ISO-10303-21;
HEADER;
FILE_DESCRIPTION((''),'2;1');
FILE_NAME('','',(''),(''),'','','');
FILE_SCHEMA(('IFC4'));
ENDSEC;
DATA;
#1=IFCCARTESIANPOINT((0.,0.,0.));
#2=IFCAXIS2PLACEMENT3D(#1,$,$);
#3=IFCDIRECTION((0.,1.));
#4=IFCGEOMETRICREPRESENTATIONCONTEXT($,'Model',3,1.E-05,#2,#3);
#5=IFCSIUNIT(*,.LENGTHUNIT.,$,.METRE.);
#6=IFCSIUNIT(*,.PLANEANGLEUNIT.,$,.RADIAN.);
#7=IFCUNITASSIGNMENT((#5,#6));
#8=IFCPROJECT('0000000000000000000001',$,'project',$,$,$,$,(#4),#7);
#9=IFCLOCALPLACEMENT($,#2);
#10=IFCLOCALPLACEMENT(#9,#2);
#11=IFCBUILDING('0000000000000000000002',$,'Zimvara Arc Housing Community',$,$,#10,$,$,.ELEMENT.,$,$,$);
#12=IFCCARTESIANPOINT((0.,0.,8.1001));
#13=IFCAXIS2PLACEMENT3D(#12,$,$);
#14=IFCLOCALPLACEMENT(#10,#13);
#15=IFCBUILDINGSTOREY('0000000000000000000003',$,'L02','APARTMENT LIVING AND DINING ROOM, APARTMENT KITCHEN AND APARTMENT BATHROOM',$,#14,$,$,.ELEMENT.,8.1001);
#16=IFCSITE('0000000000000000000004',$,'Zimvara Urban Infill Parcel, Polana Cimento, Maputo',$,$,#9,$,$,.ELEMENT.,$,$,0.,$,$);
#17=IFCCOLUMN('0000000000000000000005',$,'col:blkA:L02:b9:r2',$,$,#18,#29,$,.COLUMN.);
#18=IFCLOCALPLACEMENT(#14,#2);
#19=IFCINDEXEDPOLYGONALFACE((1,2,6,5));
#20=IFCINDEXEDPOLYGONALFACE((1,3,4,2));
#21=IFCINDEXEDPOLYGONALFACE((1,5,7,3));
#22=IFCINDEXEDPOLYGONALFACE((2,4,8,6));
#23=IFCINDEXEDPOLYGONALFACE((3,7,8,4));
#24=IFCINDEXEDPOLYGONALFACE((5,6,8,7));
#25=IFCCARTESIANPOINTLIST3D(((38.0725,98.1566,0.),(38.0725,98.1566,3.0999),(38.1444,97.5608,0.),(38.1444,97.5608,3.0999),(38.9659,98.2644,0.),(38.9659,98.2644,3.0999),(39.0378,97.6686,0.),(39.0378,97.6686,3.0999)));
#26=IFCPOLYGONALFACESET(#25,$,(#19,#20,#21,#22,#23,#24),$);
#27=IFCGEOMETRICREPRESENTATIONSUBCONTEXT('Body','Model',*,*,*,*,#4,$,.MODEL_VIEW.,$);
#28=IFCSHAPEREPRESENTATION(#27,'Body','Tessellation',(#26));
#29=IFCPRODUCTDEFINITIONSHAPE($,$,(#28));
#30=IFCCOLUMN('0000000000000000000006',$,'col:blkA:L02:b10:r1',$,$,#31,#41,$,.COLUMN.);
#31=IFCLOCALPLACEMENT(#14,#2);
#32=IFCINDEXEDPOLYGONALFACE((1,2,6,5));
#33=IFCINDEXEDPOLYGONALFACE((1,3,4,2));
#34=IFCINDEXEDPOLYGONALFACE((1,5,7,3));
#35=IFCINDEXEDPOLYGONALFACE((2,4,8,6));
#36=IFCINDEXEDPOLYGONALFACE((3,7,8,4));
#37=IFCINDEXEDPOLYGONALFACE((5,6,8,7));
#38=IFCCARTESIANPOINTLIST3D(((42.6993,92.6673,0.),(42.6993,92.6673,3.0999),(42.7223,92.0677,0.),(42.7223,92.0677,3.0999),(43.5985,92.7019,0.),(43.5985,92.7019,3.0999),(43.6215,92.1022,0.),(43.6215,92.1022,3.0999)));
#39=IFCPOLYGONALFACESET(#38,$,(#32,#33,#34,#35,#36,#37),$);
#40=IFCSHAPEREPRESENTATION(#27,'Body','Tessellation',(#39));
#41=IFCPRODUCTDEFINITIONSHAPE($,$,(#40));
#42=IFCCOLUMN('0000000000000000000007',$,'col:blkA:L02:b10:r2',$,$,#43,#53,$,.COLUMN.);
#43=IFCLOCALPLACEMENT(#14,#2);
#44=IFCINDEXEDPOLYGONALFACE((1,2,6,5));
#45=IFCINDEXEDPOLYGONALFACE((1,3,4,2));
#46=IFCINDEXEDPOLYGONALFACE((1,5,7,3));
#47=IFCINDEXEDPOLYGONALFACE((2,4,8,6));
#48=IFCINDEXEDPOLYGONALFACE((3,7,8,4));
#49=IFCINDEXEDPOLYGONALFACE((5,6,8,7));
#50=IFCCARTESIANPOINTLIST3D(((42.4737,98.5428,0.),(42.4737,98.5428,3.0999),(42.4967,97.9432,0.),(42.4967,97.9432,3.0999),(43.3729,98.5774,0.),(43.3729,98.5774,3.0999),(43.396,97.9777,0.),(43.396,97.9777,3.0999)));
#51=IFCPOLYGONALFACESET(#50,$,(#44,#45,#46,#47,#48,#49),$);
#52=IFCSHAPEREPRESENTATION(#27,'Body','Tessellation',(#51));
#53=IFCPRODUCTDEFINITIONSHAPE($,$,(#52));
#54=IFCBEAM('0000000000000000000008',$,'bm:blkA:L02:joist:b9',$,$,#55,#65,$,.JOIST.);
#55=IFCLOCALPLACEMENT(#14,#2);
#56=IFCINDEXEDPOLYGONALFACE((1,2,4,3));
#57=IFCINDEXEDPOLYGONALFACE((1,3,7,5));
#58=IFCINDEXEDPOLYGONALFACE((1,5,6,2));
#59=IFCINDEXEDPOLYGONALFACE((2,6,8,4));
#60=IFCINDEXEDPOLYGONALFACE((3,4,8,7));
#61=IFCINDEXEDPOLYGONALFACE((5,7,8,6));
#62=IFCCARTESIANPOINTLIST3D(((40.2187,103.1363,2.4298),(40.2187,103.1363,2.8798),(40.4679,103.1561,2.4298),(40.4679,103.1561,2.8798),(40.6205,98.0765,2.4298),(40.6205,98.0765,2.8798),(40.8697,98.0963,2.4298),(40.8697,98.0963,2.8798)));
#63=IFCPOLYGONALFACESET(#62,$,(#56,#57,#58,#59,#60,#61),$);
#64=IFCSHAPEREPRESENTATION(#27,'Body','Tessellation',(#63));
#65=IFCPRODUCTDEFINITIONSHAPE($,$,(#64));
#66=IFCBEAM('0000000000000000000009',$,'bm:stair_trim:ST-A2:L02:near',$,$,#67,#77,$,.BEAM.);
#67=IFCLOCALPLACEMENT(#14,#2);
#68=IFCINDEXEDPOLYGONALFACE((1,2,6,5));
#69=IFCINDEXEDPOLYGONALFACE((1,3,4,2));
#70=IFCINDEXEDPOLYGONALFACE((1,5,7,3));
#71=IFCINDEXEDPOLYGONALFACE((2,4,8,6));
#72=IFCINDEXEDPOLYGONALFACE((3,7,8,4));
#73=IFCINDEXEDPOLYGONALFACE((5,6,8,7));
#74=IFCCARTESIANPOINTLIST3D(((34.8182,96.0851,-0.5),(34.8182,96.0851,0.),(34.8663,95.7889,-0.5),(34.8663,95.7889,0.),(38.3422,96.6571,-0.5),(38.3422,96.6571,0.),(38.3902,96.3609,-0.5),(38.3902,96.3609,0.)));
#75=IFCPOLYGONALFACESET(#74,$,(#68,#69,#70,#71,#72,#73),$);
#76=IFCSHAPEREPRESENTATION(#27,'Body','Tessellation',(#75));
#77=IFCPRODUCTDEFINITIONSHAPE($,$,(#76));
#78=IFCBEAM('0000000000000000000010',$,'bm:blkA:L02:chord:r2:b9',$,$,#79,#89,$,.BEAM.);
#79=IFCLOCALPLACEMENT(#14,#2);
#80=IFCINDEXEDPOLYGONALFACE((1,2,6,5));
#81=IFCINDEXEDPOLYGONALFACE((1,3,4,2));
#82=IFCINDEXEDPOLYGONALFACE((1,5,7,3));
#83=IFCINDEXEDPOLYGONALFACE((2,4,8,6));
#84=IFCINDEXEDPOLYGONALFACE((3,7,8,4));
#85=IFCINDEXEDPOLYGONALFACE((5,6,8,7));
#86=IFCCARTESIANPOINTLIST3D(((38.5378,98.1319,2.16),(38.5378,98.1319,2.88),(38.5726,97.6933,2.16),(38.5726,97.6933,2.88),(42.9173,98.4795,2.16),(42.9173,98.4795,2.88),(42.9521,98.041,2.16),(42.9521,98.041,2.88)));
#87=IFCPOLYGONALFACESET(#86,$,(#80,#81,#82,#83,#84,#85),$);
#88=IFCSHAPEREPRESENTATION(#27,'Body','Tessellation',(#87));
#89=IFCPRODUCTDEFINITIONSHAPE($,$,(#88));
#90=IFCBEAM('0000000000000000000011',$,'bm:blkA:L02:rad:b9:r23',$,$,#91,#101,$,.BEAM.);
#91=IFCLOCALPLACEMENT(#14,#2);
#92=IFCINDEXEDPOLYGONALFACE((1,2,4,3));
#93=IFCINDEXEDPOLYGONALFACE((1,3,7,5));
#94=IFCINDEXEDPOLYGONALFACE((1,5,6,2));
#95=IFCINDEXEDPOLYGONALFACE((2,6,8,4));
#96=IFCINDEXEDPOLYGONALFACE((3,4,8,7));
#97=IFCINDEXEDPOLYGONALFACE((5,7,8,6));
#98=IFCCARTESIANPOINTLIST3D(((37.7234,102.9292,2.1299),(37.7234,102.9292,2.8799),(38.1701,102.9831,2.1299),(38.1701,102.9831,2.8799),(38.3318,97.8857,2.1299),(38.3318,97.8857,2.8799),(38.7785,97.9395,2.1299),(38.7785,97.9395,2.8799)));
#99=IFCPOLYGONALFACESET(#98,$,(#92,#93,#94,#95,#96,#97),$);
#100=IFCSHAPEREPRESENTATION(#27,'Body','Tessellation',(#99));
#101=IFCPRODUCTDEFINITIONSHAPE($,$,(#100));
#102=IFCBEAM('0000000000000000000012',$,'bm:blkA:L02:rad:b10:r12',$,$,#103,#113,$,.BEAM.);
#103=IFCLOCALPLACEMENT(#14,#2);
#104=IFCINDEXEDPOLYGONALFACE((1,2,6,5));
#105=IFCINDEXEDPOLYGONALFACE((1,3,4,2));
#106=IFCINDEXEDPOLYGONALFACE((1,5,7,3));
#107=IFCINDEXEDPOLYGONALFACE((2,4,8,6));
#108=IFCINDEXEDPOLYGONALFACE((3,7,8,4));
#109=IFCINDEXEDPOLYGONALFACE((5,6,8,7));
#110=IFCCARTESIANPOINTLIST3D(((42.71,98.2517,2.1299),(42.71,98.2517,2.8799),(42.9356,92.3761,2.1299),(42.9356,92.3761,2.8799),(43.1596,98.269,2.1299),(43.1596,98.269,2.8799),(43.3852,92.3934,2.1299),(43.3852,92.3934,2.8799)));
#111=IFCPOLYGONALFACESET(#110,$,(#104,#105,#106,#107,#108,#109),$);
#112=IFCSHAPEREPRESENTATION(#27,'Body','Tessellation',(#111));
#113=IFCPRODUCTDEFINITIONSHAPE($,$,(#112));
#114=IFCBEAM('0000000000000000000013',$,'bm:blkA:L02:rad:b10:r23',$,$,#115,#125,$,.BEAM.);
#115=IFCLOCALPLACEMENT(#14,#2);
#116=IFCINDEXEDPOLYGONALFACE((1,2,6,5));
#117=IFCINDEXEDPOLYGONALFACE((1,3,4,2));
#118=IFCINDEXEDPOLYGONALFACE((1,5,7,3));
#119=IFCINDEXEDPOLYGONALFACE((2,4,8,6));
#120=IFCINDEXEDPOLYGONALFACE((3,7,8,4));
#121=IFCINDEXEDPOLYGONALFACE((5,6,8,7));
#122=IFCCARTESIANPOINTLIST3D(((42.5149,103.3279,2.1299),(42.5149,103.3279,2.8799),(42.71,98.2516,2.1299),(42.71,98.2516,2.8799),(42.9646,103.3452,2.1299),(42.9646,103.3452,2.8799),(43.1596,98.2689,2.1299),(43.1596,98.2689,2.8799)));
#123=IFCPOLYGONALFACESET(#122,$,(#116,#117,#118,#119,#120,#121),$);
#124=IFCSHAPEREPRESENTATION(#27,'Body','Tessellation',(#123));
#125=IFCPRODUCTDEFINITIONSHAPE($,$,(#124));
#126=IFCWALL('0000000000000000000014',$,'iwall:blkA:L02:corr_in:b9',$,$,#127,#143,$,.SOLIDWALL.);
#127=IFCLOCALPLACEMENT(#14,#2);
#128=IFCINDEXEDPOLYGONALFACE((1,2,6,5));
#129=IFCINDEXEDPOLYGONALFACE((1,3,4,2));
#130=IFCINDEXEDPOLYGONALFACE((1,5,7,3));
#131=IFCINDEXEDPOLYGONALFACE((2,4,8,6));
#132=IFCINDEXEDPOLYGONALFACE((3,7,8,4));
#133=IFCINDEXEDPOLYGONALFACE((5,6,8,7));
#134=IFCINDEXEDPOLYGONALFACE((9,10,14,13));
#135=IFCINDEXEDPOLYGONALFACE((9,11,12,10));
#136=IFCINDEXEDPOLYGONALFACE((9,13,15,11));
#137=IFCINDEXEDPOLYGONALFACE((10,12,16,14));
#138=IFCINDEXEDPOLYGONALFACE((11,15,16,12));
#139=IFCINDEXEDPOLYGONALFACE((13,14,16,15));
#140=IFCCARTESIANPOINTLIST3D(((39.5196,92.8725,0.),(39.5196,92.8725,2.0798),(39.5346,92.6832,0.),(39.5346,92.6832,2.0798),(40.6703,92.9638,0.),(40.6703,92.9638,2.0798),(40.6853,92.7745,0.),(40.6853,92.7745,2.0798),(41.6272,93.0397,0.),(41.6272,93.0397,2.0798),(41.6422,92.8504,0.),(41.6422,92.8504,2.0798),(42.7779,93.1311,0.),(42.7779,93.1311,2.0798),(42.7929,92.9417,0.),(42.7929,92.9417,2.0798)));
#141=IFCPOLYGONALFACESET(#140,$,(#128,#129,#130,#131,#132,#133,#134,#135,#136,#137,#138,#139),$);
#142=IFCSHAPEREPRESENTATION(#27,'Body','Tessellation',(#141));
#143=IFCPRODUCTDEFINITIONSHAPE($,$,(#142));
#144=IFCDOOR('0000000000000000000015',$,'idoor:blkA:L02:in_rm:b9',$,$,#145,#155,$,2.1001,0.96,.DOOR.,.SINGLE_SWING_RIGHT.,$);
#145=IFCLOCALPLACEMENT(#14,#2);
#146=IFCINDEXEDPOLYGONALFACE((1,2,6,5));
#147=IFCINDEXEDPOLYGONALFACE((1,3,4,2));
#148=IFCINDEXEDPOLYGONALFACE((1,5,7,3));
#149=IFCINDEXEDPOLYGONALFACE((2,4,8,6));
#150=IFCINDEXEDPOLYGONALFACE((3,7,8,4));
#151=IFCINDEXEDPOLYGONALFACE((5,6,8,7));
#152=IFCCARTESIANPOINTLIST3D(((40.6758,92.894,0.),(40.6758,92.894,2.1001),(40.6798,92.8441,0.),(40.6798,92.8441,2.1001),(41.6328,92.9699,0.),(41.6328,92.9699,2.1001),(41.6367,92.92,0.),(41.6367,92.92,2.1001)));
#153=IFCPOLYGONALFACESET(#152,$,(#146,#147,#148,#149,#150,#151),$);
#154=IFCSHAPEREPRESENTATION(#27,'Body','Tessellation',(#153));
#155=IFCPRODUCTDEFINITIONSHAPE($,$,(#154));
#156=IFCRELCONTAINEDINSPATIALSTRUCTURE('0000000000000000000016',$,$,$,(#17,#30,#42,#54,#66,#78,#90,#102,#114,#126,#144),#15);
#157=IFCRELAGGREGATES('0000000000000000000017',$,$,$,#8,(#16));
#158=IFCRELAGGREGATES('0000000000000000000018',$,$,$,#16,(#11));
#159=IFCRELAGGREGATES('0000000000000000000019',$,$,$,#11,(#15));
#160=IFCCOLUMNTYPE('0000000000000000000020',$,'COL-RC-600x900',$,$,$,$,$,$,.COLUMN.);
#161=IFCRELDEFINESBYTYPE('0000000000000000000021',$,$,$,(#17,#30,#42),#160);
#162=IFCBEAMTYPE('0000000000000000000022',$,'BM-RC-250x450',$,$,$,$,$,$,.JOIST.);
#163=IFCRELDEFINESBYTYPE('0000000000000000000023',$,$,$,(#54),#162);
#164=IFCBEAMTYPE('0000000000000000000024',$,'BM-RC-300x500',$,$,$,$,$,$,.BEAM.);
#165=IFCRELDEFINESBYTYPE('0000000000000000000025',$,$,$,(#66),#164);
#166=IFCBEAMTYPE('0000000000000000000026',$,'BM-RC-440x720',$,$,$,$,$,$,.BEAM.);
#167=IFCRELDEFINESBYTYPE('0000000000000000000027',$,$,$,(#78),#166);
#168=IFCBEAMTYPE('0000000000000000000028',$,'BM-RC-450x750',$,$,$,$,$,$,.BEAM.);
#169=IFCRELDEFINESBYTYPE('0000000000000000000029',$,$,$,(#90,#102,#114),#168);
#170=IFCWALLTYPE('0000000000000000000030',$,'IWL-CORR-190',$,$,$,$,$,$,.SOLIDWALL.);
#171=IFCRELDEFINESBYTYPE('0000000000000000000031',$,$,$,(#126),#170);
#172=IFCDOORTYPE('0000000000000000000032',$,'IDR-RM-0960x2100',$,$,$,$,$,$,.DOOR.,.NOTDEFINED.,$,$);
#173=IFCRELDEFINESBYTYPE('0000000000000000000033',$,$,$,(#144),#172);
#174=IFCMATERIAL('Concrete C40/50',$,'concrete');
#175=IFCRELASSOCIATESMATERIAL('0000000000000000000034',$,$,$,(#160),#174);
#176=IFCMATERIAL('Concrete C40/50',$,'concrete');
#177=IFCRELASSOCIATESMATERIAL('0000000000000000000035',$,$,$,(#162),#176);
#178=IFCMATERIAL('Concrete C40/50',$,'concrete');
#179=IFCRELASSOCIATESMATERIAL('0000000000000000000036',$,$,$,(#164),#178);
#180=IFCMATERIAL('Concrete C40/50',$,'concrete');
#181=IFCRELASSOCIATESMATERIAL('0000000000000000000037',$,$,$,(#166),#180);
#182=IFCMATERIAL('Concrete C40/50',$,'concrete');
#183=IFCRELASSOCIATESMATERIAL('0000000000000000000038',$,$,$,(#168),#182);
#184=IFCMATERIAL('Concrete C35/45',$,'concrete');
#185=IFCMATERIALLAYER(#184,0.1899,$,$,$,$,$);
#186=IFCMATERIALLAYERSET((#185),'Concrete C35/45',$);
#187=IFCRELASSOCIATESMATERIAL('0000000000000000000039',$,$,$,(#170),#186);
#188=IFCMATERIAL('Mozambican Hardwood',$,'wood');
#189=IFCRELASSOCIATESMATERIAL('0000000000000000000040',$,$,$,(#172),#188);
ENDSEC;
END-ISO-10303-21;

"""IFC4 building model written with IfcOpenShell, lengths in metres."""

from ifc_helpers import new_model, si_unit, direction, frame, frame_2d, origin, origin_2d, place, context, subcontext, project, spatial, rectangle, extrude, material, layer, layer_set, material_profile, profile_set, type_object, element, fill, save


model = new_model("IFC4")

# Units and contexts
model_context = context("Model", 3, precision=1e-05, world=origin(), true_north=direction((0.0, 1.0)))
body_context = subcontext(model_context, "Body", "Model", "MODEL_VIEW")
ifc_project = project(units=[si_unit("LENGTHUNIT", "METRE"), si_unit("PLANEANGLEUNIT", "RADIAN")], contexts=[model_context])

# Site, building, storey
site_placement = place(None, origin())
site = spatial("IfcSite", under=ifc_project, at=site_placement, Name="Zimvara Urban Infill Parcel, Polana Cimento, Maputo", CompositionType="ELEMENT", RefElevation=0.0)
building_placement = place(site_placement, origin())
building = spatial("IfcBuilding", under=site, at=building_placement, Name="Zimvara Arc Housing Community", CompositionType="ELEMENT")
storey_placement = place(building_placement, frame((0.0, 0.0, 8.1001)))
storey = spatial("IfcBuildingStorey", under=building, at=storey_placement, Name="L02", Description="APARTMENT LIVING AND DINING ROOM, APARTMENT KITCHEN AND APARTMENT BATHROOM", CompositionType="ELEMENT", Elevation=8.1001)

# Columns
ifc_material_1 = material(Name="Concrete C40/50", Category="concrete")
ifc_material_profile_1 = material_profile(ifc_material_1, rectangle(XDim=0.6001, YDim=0.8999, at=origin_2d()), Name="RC 600x900")
ifc_profile_set_1 = profile_set([ifc_material_profile_1], Name="Concrete C40/50")
column_type = type_object("IfcColumnType", Name="COL-RC-600x900", PredefinedType="COLUMN", material=ifc_profile_set_1)
for number, where, z_axis, x_axis, name in (
    (1, (38.5552, 97.9126, 0.0), (0.0, 0.0, 1.0), (-0.11979, 0.992799, 0.0), "col:blkA:L02:b9:r2"),
    (2, (43.1604, 92.3848, 0.0), (0.0, 0.0, 1.0), (-0.038388, 0.999263, 0.0), "col:blkA:L02:b10:r1"),
    (3, (42.9348, 98.2603, 0.0), (0.0, 0.0, 1.0), (-0.038388, 0.999263, 0.0), "col:blkA:L02:b10:r2"),
):
    element("IfcColumn", number, at=place(storey_placement, frame(where, z_axis=z_axis, x_axis=x_axis)), inside=storey, type_object=column_type, Name=name, PredefinedType="COLUMN", context=body_context, shape_type="SweptSolid", body=[
        extrude(rectangle(XDim=0.6001, YDim=0.8999, at=origin_2d()), origin(), (0.0, 0.0, 1.0), 3.0999),
    ])

# Beams
ifc_material_2 = material(Name="Concrete C40/50", Category="concrete")
ifc_material_profile_2 = material_profile(ifc_material_2, rectangle(XDim=0.25, YDim=0.45, at=origin_2d()), Name="RC 250x450")
ifc_profile_set_2 = profile_set([ifc_material_profile_2], Name="Concrete C40/50")
beam_type_1 = type_object("IfcBeamType", Name="BM-RC-250x450", PredefinedType="JOIST", material=ifc_profile_set_2)
beam_1_placement = place(storey_placement, frame((40.7451, 98.0864, 2.6548), z_axis=(-0.079172, 0.996861, 0.0), x_axis=(-0.996861, -0.079172, 0.0)))
element("IfcBeam", 4, at=beam_1_placement, inside=storey, type_object=beam_type_1, Name="bm:blkA:L02:joist:b9", PredefinedType="JOIST", context=body_context, shape_type="SweptSolid", body=[
    extrude(rectangle(XDim=0.25, YDim=0.45, at=origin_2d()), origin(), (0.0, 0.0, 1.0), 5.0757),
])
ifc_material_3 = material(Name="Concrete C40/50", Category="concrete")
ifc_material_profile_3 = material_profile(ifc_material_3, rectangle(XDim=0.3, YDim=0.5, at=origin_2d()), Name="RC 300x500")
ifc_profile_set_3 = profile_set([ifc_material_profile_3], Name="Concrete C40/50")
beam_type_2 = type_object("IfcBeamType", Name="BM-RC-300x500", PredefinedType="BEAM", material=ifc_profile_set_3)
beam_2_placement = place(storey_placement, frame((38.3662, 96.509, -0.25), z_axis=(-0.98708, -0.160228, 0.0), x_axis=(0.160228, -0.98708, 0.0)))
element("IfcBeam", 5, at=beam_2_placement, inside=storey, type_object=beam_type_2, Name="bm:stair_trim:ST-A2:L02:near", PredefinedType="BEAM", context=body_context, shape_type="SweptSolid", body=[
    extrude(rectangle(XDim=0.3, YDim=0.5, at=origin_2d()), origin(), (0.0, 0.0, 1.0), 3.5701),
])
ifc_material_4 = material(Name="Concrete C40/50", Category="concrete")
ifc_material_profile_4 = material_profile(ifc_material_4, rectangle(XDim=0.4399, YDim=0.72, at=origin_2d()), Name="RC 440x720")
ifc_profile_set_4 = profile_set([ifc_material_profile_4], Name="Concrete C40/50")
beam_type_3 = type_object("IfcBeamType", Name="BM-RC-440x720", PredefinedType="BEAM", material=ifc_profile_set_4)
beam_3_placement = place(storey_placement, frame((38.5552, 97.9126, 2.52), z_axis=(0.996864, 0.079131, 0.0), x_axis=(-0.079131, 0.996864, 0.0)))
element("IfcBeam", 6, at=beam_3_placement, inside=storey, type_object=beam_type_3, Name="bm:blkA:L02:chord:r2:b9", PredefinedType="BEAM", context=body_context, shape_type="SweptSolid", body=[
    extrude(rectangle(XDim=0.4399, YDim=0.72, at=origin_2d()), origin(), (0.0, 0.0, 1.0), 4.3933),
])
ifc_material_5 = material(Name="Concrete C40/50", Category="concrete")
ifc_material_profile_5 = material_profile(ifc_material_5, rectangle(XDim=0.45, YDim=0.75, at=origin_2d()), Name="RC 450x750")
ifc_profile_set_5 = profile_set([ifc_material_profile_5], Name="Concrete C40/50")
beam_type_4 = type_object("IfcBeamType", Name="BM-RC-450x750", PredefinedType="BEAM", material=ifc_profile_set_5)
beam_4_placement = place(storey_placement, frame((38.5552, 97.9126, 2.5049), z_axis=(-0.119763, 0.992803, 0.0), x_axis=(-0.992803, -0.119763, 0.0)))
element("IfcBeam", 7, at=beam_4_placement, inside=storey, type_object=beam_type_4, Name="bm:blkA:L02:rad:b9:r23", PredefinedType="BEAM", context=body_context, shape_type="SweptSolid", body=[
    extrude(rectangle(XDim=0.45, YDim=0.75, at=origin_2d()), origin(), (0.0, 0.0, 1.0), 5.0801),
])
beam_5_placement = place(storey_placement, frame((43.1604, 92.3848, 2.5049), z_axis=(-0.038366, 0.999264, 0.0), x_axis=(-0.999264, -0.038366, 0.0)))
element("IfcBeam", 8, at=beam_5_placement, inside=storey, type_object=beam_type_4, Name="bm:blkA:L02:rad:b10:r12", PredefinedType="BEAM", context=body_context, shape_type="SweptSolid", body=[
    extrude(rectangle(XDim=0.45, YDim=0.75, at=origin_2d()), origin(), (0.0, 0.0, 1.0), 5.8799),
])
beam_6_placement = place(storey_placement, frame((42.9348, 98.2603, 2.5049), z_axis=(-0.038398, 0.999263, 0.0), x_axis=(-0.999263, -0.038398, 0.0)))
element("IfcBeam", 9, at=beam_6_placement, inside=storey, type_object=beam_type_4, Name="bm:blkA:L02:rad:b10:r23", PredefinedType="BEAM", context=body_context, shape_type="SweptSolid", body=[
    extrude(rectangle(XDim=0.45, YDim=0.75, at=origin_2d()), origin(), (0.0, 0.0, 1.0), 5.0801),
])

# Wall, opening, door
ifc_material_6 = material(Name="Concrete C35/45", Category="concrete")
ifc_layer_1 = layer(ifc_material_6, 0.1899)
ifc_layer_set_1 = layer_set([ifc_layer_1], Name="Concrete C35/45")
wall_type_1 = type_object("IfcWallType", Name="IWL-CORR-190", PredefinedType="SOLIDWALL", material=ifc_layer_set_1)
wall_1_placement = place(storey_placement, frame((39.5271, 92.7778, 0.0), z_axis=(0.0, 0.0, 1.0), x_axis=(0.996867, 0.079101, 0.0)))
wall_1 = element("IfcWall", 10, at=wall_1_placement, inside=storey, type_object=wall_type_1, Name="iwall:blkA:L02:corr_in:b9", PredefinedType="SOLIDWALL", context=body_context, shape_type="SweptSolid", body=[
    extrude(rectangle(XDim=3.2686, YDim=0.1899, at=frame_2d((1.6343, 0.0))), origin(), (0.0, 0.0, 1.0), 2.0798),
])
opening_1_placement = place(wall_1_placement, frame((1.1543, 0.0, 0.0)))
opening_1 = element("IfcOpeningElement", 11, at=opening_1_placement, cuts=wall_1, PredefinedType="OPENING", context=body_context, shape_type="SweptSolid", body=[
    extrude(rectangle(XDim=0.96, YDim=2.1001, at=frame_2d((0.48, 1.05))), frame((0.0, 0.105, 0.0), z_axis=(0.0, -1.0, 0.0), x_axis=(1.0, 0.0, 0.0)), (0.0, 0.0, 1.0), 0.21),
])
ifc_material_7 = material(Name="Mozambican Hardwood", Category="wood")
door_type_1 = type_object("IfcDoorType", Name="IDR-RM-0960x2100", OperationType="NOTDEFINED", PredefinedType="DOOR", material=ifc_material_7)
door_1_placement = place(opening_1_placement, origin())
door_1 = element("IfcDoor", 12, at=door_1_placement, inside=storey, type_object=door_type_1, Name="idoor:blkA:L02:in_rm:b9", OperationType="SINGLE_SWING_RIGHT", OverallHeight=2.1001, OverallWidth=0.96, PredefinedType="DOOR", context=body_context, shape_type="SweptSolid", body=[
    extrude(rectangle(XDim=0.96, YDim=2.1001, at=frame_2d((0.48, 1.05))), frame((0.0, 0.0249, 0.0), z_axis=(0.0, -1.0, 0.0), x_axis=(1.0, 0.0, 0.0)), (0.0, 0.0, 1.0), 0.05),
])
fill(opening_1, door_1)

save(model, "model.ifc")
